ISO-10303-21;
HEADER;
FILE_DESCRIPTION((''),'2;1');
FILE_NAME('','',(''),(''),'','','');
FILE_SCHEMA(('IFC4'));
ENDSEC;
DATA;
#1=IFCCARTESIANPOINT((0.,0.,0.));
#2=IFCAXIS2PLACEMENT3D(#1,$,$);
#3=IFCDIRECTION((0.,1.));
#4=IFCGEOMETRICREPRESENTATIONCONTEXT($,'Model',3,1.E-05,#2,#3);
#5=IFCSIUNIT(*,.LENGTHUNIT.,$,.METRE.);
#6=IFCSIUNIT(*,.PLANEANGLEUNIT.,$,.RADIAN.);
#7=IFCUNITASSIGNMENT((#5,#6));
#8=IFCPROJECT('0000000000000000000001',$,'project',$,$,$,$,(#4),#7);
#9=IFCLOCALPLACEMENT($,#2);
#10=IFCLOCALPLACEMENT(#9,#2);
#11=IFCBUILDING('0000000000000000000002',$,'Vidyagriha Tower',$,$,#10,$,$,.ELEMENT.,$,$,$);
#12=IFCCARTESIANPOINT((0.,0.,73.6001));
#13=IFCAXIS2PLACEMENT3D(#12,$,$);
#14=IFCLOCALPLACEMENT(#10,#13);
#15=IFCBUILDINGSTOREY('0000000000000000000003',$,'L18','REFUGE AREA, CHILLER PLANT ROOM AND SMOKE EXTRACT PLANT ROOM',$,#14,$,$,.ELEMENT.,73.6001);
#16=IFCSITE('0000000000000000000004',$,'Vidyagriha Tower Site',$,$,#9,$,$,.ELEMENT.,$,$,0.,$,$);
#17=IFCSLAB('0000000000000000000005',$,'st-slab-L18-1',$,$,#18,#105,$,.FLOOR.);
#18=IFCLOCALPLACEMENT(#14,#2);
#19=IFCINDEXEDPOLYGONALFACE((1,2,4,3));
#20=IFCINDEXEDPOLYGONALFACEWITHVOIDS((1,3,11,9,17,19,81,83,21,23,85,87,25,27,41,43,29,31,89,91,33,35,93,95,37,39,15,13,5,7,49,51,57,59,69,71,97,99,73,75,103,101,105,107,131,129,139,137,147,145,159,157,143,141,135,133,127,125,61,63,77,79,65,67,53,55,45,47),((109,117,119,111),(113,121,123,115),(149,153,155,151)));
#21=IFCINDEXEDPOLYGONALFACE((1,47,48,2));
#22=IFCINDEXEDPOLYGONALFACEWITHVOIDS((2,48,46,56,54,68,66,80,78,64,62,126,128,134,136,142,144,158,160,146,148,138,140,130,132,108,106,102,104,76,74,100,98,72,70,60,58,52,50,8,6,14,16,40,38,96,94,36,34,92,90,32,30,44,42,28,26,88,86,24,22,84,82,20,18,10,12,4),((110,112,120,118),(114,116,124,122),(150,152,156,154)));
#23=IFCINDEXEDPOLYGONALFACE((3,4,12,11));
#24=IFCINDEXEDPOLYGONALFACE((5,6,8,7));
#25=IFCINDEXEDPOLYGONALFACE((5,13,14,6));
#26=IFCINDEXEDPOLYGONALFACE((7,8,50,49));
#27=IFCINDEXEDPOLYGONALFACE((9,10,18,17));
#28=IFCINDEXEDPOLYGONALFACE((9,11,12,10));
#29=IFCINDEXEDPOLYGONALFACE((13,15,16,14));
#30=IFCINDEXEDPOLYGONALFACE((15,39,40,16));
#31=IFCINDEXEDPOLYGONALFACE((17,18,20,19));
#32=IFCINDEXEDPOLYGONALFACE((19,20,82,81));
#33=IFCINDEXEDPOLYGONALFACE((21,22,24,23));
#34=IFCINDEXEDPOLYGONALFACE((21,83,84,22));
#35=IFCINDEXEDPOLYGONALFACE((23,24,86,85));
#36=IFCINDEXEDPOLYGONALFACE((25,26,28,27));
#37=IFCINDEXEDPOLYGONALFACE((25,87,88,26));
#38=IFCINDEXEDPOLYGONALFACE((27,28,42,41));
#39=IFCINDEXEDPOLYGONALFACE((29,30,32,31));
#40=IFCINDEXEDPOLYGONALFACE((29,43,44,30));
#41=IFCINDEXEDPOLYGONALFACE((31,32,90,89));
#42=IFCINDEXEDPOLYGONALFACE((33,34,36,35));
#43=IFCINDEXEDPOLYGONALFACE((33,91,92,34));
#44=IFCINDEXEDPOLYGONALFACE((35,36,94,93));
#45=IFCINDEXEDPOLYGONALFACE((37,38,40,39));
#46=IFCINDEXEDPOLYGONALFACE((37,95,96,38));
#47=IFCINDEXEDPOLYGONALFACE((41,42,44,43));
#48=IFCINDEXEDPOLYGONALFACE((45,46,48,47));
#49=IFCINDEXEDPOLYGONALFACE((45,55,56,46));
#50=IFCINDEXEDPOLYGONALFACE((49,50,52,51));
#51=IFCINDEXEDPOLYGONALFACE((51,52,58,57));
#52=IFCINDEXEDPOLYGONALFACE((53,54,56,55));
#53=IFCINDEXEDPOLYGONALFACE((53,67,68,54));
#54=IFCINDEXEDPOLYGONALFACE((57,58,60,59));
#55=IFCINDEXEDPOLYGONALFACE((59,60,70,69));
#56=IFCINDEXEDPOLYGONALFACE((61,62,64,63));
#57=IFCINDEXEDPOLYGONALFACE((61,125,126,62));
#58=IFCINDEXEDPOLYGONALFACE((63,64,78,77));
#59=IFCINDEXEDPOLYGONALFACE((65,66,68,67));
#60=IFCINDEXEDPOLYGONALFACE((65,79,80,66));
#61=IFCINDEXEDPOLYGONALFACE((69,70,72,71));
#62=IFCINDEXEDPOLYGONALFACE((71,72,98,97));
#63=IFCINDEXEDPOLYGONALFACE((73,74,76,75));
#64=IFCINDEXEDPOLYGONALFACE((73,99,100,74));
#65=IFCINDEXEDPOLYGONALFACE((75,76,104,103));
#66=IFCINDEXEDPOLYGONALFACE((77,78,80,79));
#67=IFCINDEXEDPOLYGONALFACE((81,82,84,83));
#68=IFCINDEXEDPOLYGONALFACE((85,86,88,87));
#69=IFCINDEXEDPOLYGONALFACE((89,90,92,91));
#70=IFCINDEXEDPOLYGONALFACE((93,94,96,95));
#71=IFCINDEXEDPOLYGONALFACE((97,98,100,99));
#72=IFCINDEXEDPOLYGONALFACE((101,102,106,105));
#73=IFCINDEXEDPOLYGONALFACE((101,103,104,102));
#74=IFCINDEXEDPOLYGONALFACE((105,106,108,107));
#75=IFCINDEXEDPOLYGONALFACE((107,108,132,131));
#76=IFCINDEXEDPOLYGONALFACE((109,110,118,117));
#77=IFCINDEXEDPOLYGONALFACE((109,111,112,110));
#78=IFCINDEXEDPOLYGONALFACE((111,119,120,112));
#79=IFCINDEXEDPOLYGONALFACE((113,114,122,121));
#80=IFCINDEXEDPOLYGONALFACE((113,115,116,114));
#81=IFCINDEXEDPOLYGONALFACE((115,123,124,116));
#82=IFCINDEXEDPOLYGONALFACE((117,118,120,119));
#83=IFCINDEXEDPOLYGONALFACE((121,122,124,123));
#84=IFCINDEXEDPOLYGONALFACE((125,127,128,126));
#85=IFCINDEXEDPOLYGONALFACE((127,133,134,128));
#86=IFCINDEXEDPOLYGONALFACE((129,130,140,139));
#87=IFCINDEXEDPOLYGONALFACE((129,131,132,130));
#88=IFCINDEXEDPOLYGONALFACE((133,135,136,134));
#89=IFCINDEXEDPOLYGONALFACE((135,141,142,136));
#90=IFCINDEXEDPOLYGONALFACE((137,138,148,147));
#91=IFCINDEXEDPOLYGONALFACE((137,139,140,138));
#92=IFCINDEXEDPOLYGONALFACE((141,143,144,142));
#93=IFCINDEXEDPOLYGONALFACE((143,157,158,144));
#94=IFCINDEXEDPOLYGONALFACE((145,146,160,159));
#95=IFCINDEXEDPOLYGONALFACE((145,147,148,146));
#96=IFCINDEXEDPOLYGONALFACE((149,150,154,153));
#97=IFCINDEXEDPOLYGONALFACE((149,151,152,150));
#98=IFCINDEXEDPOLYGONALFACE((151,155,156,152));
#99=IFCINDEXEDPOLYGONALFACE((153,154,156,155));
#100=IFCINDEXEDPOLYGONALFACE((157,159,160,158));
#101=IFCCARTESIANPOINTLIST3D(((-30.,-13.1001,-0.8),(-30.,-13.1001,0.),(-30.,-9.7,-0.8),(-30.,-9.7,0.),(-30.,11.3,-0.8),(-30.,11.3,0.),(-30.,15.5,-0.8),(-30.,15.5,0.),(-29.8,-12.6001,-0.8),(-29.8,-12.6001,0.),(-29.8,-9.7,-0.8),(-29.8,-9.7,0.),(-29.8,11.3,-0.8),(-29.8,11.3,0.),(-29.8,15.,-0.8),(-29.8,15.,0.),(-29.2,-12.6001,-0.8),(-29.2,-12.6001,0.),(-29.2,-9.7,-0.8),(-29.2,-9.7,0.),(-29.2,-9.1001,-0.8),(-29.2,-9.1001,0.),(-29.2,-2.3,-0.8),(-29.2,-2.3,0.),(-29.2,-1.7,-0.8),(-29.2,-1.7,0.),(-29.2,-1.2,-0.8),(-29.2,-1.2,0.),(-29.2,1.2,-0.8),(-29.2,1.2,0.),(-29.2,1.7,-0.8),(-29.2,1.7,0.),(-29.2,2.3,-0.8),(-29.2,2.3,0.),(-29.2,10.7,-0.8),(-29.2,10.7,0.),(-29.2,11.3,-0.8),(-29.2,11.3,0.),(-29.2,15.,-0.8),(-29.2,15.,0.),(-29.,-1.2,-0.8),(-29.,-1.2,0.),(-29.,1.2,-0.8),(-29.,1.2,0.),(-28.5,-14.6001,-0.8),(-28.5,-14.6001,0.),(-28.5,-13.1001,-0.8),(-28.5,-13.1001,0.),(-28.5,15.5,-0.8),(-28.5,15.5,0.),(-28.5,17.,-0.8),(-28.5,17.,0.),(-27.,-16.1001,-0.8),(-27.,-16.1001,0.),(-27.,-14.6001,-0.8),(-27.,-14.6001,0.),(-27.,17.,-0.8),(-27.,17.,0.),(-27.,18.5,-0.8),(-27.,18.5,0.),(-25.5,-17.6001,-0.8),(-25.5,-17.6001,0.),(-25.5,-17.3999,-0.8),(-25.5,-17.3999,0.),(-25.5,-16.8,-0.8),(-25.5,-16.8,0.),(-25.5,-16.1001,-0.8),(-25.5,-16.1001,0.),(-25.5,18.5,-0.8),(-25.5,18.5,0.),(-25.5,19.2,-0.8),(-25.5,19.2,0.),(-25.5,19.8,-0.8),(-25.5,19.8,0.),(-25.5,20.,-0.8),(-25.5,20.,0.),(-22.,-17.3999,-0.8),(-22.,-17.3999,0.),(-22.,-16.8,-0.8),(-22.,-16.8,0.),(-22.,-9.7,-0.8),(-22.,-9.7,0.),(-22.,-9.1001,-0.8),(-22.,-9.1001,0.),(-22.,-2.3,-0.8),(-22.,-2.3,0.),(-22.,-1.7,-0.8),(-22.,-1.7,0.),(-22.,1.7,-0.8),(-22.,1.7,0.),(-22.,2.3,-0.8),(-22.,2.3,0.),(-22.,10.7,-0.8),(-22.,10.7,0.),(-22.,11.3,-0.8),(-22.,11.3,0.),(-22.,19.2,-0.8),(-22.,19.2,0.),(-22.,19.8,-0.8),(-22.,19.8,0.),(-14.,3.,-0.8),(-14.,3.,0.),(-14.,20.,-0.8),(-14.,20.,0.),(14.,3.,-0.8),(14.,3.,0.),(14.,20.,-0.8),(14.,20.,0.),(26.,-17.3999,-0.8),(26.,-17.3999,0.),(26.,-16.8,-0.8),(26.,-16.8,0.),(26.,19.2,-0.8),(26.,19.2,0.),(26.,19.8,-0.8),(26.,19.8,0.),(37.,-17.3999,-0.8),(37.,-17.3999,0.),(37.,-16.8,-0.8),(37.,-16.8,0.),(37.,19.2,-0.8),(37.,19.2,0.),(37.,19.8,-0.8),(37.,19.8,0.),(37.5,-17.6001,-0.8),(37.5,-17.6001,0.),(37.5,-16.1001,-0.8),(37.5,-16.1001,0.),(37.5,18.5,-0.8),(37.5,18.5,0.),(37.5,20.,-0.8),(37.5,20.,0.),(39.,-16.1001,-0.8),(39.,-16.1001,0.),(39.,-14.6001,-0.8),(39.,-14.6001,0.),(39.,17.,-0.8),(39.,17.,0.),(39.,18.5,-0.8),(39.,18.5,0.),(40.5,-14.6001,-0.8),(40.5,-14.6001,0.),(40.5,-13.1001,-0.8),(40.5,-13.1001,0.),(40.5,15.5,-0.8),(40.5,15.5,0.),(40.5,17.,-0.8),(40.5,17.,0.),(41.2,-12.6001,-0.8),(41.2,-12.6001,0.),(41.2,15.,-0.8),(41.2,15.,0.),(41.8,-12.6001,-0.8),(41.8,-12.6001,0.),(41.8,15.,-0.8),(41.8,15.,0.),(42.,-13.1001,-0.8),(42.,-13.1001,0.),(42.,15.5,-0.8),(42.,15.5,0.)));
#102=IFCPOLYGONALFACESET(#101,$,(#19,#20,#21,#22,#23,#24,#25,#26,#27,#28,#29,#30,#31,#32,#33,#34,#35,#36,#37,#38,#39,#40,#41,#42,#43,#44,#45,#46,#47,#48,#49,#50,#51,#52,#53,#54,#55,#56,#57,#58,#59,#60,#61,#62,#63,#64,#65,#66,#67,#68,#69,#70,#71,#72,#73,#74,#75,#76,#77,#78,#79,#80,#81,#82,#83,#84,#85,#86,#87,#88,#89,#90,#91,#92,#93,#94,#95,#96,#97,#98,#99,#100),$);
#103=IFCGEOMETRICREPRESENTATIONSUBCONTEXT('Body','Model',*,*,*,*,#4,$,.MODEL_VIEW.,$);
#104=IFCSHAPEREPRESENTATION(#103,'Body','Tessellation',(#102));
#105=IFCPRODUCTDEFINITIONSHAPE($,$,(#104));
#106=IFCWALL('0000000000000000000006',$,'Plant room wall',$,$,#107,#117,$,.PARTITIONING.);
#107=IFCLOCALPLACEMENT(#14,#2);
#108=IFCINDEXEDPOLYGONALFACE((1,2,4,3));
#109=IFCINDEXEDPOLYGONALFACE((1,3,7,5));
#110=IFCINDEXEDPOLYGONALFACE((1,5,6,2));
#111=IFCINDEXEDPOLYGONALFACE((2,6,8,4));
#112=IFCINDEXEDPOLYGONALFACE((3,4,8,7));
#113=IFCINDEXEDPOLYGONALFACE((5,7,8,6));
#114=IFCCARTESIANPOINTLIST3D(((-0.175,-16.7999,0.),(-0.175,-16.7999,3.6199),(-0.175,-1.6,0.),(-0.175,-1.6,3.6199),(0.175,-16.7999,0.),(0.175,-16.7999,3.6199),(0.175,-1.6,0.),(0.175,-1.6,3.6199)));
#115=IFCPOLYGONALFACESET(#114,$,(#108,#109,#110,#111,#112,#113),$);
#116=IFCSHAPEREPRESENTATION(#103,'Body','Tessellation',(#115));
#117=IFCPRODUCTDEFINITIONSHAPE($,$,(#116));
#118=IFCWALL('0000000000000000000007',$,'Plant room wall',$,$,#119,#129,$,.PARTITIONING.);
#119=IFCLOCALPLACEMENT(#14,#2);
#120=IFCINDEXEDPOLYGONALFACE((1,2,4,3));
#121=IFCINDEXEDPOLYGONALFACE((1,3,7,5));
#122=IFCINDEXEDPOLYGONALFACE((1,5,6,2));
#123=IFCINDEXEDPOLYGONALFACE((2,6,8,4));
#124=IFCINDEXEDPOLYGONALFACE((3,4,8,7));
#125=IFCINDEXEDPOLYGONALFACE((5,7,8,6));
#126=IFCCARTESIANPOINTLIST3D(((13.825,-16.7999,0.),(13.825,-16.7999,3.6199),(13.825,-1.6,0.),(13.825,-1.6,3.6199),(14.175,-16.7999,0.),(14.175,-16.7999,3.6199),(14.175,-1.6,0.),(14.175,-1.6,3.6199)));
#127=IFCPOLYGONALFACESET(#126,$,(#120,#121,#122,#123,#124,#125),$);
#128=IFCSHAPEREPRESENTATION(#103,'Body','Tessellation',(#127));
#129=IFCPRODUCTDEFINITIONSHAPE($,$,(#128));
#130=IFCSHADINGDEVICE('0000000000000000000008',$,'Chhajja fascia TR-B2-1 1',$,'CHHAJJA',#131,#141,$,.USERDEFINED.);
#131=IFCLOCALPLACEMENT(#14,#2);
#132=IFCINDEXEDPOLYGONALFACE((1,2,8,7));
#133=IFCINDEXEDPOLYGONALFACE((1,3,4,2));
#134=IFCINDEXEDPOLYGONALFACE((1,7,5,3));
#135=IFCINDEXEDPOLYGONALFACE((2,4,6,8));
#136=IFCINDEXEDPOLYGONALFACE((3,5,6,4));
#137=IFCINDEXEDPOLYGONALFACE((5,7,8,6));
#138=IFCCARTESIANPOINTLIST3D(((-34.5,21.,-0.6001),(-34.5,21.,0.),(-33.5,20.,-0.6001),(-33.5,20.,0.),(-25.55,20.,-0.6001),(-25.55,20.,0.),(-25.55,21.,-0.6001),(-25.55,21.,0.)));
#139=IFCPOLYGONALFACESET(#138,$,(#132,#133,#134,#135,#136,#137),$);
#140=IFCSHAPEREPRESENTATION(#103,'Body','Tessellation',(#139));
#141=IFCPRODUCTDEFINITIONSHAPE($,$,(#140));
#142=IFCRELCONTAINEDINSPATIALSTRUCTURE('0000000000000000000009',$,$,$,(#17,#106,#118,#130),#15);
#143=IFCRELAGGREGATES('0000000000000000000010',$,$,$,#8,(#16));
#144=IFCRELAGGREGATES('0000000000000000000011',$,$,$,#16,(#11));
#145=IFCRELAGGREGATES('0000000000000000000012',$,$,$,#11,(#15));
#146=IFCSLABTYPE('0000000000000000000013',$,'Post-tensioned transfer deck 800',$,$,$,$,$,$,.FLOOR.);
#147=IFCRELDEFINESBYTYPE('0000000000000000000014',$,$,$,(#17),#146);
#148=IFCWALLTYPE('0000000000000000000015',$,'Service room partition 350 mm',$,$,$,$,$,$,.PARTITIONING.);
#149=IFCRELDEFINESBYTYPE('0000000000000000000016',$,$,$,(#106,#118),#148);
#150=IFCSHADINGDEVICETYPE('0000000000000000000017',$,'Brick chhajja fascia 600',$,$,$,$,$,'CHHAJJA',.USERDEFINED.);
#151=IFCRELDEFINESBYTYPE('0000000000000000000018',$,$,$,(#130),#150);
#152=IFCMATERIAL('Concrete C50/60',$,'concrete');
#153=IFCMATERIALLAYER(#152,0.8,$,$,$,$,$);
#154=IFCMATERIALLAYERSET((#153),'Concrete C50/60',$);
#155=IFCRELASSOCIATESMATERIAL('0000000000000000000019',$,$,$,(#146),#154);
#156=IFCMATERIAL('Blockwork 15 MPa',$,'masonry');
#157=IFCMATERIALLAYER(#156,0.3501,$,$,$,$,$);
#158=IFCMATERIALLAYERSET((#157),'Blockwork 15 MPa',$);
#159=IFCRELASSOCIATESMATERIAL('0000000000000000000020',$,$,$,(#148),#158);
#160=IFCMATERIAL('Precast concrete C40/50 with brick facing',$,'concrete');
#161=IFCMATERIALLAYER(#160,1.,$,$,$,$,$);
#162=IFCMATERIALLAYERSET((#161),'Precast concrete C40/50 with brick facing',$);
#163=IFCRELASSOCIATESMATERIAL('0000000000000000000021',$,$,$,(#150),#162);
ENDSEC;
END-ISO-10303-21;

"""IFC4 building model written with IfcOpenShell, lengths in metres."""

from ifc_helpers import new_model, si_unit, direction, frame, frame_2d, origin, place, context, subcontext, project, spatial, polyline, rectangle, outline, extrude, material, layer, layer_set, type_object, element, save


model = new_model("IFC4")

# Units and contexts
model_context = context("Model", 3, precision=1e-05, world=origin(), true_north=direction((0.0, 1.0)))
body_context = subcontext(model_context, "Body", "Model", "MODEL_VIEW")
ifc_project = project(units=[si_unit("LENGTHUNIT", "METRE"), si_unit("PLANEANGLEUNIT", "RADIAN")], contexts=[model_context])

# Site, building, storey
site_placement = place(None, origin())
site = spatial("IfcSite", under=ifc_project, at=site_placement, Name="Vidyagriha Tower Site", CompositionType="ELEMENT", RefElevation=0.0)
building_placement = place(site_placement, origin())
building = spatial("IfcBuilding", under=site, at=building_placement, Name="Vidyagriha Tower", CompositionType="ELEMENT")
storey_placement = place(building_placement, frame((0.0, 0.0, 73.6001)))
storey = spatial("IfcBuildingStorey", under=building, at=storey_placement, Name="L18", Description="REFUGE AREA, CHILLER PLANT ROOM AND SMOKE EXTRACT PLANT ROOM", CompositionType="ELEMENT", Elevation=73.6001)

# Slab
ifc_material_1 = material(Name="Concrete C50/60", Category="concrete")
ifc_layer_1 = layer(ifc_material_1, 0.8)
ifc_layer_set_1 = layer_set([ifc_layer_1], Name="Concrete C50/60")
slab_type_1 = type_object("IfcSlabType", Name="Post-tensioned transfer deck 800", PredefinedType="FLOOR", material=ifc_layer_set_1)
slab_1_placement = place(storey_placement, frame((0.0, 0.0, -0.8)))
element("IfcSlab", 1, at=slab_1_placement, inside=storey, type_object=slab_type_1, Name="st-slab-L18-1", PredefinedType="FLOOR", context=body_context, shape_type="SweptSolid", body=[
    extrude(outline(polyline([(39.0, -14.6001), (39.0, -16.1001), (37.5, -16.1001), (37.5, -17.6001), (-25.5, -17.6001), (-25.5, -17.3999), (-22.0, -17.3999), (-22.0, -16.8), (-25.5, -16.8), (-25.5, -16.1001), (-27.0, -16.1001), (-27.0, -14.6001), (-28.5, -14.6001), (-28.5, -13.1001), (-30.0, -13.1001), (-30.0, -9.7), (-29.8, -9.7), (-29.8, -12.6001), (-29.2, -12.6001), (-29.2, -9.7), (-22.0, -9.7), (-22.0, -9.1001), (-29.2, -9.1001), (-29.2, -2.3), (-22.0, -2.3), (-22.0, -1.7), (-29.2, -1.7), (-29.2, -1.2), (-29.0, -1.2), (-29.0, 1.2), (-29.2, 1.2), (-29.2, 1.7), (-22.0, 1.7), (-22.0, 2.3), (-29.2, 2.3), (-29.2, 10.7), (-22.0, 10.7), (-22.0, 11.3), (-29.2, 11.3), (-29.2, 15.0), (-29.8, 15.0), (-29.8, 11.3), (-30.0, 11.3), (-30.0, 15.5), (-28.5, 15.5), (-28.5, 17.0), (-27.0, 17.0), (-27.0, 18.5), (-25.5, 18.5), (-25.5, 19.2), (-22.0, 19.2), (-22.0, 19.8), (-25.5, 19.8), (-25.5, 20.0), (-14.0, 20.0), (-14.0, 3.0), (14.0, 3.0), (14.0, 20.0), (37.5, 20.0), (37.5, 18.5), (39.0, 18.5), (39.0, 17.0), (40.5, 17.0), (40.5, 15.5), (42.0, 15.5), (42.0, -13.1001), (40.5, -13.1001), (40.5, -14.6001), (39.0, -14.6001)]), holes=[polyline([(26.0, -17.3999), (37.0, -17.3999), (37.0, -16.8), (26.0, -16.8), (26.0, -17.3999)]), polyline([(41.8, -12.6001), (41.8, 15.0), (41.2, 15.0), (41.2, -12.6001), (41.8, -12.6001)]), polyline([(26.0, 19.8), (26.0, 19.2), (37.0, 19.2), (37.0, 19.8), (26.0, 19.8)])]), origin(), (0.0, 0.0, 1.0), 0.8),
])

# Walls
ifc_material_2 = material(Name="Blockwork 15 MPa", Category="masonry")
ifc_layer_2 = layer(ifc_material_2, 0.3501)
ifc_layer_set_2 = layer_set([ifc_layer_2], Name="Blockwork 15 MPa")
wall_type = type_object("IfcWallType", Name="Service room partition 350 mm", PredefinedType="PARTITIONING", material=ifc_layer_set_2)
for number, where, z_axis, x_axis, name in (
    (2, (0.0, -16.8, 0.0), (0.0, 0.0, 1.0), (0.0, 1.0, 0.0), "Plant room wall"),
    (3, (14.0, -16.8, 0.0), (0.0, 0.0, 1.0), (0.0, 1.0, 0.0), "Plant room wall"),
):
    element("IfcWall", number, at=place(storey_placement, frame(where, z_axis=z_axis, x_axis=x_axis)), inside=storey, type_object=wall_type, Name=name, PredefinedType="PARTITIONING", context=body_context, shape_type="SweptSolid", body=[
        extrude(rectangle(XDim=15.2, YDim=0.3501, at=frame_2d((7.6001, 0.0))), origin(), (0.0, 0.0, 1.0), 3.6199),
    ])

# Shading device
ifc_material_3 = material(Name="Precast concrete C40/50 with brick facing", Category="concrete")
ifc_layer_3 = layer(ifc_material_3, 1.0)
ifc_layer_set_3 = layer_set([ifc_layer_3], Name="Precast concrete C40/50 with brick facing")
shading_device_type = type_object("IfcShadingDeviceType", Name="Brick chhajja fascia 600", ElementType="CHHAJJA", PredefinedType="USERDEFINED", material=ifc_layer_set_3)
shading_device_placement = place(storey_placement, frame((0.0, 0.0, -0.6001)))
element("IfcShadingDevice", 4, at=shading_device_placement, inside=storey, type_object=shading_device_type, Name="Chhajja fascia TR-B2-1 1", ObjectType="CHHAJJA", PredefinedType="USERDEFINED", context=body_context, shape_type="SweptSolid", body=[
    extrude(outline(polyline([(-25.55, 20.0), (-25.55, 21.0), (-34.5, 21.0), (-33.5, 20.0), (-25.55, 20.0)])), origin(), (0.0, 0.0, 1.0), 0.6001),
])

save(model, "model.ifc")
